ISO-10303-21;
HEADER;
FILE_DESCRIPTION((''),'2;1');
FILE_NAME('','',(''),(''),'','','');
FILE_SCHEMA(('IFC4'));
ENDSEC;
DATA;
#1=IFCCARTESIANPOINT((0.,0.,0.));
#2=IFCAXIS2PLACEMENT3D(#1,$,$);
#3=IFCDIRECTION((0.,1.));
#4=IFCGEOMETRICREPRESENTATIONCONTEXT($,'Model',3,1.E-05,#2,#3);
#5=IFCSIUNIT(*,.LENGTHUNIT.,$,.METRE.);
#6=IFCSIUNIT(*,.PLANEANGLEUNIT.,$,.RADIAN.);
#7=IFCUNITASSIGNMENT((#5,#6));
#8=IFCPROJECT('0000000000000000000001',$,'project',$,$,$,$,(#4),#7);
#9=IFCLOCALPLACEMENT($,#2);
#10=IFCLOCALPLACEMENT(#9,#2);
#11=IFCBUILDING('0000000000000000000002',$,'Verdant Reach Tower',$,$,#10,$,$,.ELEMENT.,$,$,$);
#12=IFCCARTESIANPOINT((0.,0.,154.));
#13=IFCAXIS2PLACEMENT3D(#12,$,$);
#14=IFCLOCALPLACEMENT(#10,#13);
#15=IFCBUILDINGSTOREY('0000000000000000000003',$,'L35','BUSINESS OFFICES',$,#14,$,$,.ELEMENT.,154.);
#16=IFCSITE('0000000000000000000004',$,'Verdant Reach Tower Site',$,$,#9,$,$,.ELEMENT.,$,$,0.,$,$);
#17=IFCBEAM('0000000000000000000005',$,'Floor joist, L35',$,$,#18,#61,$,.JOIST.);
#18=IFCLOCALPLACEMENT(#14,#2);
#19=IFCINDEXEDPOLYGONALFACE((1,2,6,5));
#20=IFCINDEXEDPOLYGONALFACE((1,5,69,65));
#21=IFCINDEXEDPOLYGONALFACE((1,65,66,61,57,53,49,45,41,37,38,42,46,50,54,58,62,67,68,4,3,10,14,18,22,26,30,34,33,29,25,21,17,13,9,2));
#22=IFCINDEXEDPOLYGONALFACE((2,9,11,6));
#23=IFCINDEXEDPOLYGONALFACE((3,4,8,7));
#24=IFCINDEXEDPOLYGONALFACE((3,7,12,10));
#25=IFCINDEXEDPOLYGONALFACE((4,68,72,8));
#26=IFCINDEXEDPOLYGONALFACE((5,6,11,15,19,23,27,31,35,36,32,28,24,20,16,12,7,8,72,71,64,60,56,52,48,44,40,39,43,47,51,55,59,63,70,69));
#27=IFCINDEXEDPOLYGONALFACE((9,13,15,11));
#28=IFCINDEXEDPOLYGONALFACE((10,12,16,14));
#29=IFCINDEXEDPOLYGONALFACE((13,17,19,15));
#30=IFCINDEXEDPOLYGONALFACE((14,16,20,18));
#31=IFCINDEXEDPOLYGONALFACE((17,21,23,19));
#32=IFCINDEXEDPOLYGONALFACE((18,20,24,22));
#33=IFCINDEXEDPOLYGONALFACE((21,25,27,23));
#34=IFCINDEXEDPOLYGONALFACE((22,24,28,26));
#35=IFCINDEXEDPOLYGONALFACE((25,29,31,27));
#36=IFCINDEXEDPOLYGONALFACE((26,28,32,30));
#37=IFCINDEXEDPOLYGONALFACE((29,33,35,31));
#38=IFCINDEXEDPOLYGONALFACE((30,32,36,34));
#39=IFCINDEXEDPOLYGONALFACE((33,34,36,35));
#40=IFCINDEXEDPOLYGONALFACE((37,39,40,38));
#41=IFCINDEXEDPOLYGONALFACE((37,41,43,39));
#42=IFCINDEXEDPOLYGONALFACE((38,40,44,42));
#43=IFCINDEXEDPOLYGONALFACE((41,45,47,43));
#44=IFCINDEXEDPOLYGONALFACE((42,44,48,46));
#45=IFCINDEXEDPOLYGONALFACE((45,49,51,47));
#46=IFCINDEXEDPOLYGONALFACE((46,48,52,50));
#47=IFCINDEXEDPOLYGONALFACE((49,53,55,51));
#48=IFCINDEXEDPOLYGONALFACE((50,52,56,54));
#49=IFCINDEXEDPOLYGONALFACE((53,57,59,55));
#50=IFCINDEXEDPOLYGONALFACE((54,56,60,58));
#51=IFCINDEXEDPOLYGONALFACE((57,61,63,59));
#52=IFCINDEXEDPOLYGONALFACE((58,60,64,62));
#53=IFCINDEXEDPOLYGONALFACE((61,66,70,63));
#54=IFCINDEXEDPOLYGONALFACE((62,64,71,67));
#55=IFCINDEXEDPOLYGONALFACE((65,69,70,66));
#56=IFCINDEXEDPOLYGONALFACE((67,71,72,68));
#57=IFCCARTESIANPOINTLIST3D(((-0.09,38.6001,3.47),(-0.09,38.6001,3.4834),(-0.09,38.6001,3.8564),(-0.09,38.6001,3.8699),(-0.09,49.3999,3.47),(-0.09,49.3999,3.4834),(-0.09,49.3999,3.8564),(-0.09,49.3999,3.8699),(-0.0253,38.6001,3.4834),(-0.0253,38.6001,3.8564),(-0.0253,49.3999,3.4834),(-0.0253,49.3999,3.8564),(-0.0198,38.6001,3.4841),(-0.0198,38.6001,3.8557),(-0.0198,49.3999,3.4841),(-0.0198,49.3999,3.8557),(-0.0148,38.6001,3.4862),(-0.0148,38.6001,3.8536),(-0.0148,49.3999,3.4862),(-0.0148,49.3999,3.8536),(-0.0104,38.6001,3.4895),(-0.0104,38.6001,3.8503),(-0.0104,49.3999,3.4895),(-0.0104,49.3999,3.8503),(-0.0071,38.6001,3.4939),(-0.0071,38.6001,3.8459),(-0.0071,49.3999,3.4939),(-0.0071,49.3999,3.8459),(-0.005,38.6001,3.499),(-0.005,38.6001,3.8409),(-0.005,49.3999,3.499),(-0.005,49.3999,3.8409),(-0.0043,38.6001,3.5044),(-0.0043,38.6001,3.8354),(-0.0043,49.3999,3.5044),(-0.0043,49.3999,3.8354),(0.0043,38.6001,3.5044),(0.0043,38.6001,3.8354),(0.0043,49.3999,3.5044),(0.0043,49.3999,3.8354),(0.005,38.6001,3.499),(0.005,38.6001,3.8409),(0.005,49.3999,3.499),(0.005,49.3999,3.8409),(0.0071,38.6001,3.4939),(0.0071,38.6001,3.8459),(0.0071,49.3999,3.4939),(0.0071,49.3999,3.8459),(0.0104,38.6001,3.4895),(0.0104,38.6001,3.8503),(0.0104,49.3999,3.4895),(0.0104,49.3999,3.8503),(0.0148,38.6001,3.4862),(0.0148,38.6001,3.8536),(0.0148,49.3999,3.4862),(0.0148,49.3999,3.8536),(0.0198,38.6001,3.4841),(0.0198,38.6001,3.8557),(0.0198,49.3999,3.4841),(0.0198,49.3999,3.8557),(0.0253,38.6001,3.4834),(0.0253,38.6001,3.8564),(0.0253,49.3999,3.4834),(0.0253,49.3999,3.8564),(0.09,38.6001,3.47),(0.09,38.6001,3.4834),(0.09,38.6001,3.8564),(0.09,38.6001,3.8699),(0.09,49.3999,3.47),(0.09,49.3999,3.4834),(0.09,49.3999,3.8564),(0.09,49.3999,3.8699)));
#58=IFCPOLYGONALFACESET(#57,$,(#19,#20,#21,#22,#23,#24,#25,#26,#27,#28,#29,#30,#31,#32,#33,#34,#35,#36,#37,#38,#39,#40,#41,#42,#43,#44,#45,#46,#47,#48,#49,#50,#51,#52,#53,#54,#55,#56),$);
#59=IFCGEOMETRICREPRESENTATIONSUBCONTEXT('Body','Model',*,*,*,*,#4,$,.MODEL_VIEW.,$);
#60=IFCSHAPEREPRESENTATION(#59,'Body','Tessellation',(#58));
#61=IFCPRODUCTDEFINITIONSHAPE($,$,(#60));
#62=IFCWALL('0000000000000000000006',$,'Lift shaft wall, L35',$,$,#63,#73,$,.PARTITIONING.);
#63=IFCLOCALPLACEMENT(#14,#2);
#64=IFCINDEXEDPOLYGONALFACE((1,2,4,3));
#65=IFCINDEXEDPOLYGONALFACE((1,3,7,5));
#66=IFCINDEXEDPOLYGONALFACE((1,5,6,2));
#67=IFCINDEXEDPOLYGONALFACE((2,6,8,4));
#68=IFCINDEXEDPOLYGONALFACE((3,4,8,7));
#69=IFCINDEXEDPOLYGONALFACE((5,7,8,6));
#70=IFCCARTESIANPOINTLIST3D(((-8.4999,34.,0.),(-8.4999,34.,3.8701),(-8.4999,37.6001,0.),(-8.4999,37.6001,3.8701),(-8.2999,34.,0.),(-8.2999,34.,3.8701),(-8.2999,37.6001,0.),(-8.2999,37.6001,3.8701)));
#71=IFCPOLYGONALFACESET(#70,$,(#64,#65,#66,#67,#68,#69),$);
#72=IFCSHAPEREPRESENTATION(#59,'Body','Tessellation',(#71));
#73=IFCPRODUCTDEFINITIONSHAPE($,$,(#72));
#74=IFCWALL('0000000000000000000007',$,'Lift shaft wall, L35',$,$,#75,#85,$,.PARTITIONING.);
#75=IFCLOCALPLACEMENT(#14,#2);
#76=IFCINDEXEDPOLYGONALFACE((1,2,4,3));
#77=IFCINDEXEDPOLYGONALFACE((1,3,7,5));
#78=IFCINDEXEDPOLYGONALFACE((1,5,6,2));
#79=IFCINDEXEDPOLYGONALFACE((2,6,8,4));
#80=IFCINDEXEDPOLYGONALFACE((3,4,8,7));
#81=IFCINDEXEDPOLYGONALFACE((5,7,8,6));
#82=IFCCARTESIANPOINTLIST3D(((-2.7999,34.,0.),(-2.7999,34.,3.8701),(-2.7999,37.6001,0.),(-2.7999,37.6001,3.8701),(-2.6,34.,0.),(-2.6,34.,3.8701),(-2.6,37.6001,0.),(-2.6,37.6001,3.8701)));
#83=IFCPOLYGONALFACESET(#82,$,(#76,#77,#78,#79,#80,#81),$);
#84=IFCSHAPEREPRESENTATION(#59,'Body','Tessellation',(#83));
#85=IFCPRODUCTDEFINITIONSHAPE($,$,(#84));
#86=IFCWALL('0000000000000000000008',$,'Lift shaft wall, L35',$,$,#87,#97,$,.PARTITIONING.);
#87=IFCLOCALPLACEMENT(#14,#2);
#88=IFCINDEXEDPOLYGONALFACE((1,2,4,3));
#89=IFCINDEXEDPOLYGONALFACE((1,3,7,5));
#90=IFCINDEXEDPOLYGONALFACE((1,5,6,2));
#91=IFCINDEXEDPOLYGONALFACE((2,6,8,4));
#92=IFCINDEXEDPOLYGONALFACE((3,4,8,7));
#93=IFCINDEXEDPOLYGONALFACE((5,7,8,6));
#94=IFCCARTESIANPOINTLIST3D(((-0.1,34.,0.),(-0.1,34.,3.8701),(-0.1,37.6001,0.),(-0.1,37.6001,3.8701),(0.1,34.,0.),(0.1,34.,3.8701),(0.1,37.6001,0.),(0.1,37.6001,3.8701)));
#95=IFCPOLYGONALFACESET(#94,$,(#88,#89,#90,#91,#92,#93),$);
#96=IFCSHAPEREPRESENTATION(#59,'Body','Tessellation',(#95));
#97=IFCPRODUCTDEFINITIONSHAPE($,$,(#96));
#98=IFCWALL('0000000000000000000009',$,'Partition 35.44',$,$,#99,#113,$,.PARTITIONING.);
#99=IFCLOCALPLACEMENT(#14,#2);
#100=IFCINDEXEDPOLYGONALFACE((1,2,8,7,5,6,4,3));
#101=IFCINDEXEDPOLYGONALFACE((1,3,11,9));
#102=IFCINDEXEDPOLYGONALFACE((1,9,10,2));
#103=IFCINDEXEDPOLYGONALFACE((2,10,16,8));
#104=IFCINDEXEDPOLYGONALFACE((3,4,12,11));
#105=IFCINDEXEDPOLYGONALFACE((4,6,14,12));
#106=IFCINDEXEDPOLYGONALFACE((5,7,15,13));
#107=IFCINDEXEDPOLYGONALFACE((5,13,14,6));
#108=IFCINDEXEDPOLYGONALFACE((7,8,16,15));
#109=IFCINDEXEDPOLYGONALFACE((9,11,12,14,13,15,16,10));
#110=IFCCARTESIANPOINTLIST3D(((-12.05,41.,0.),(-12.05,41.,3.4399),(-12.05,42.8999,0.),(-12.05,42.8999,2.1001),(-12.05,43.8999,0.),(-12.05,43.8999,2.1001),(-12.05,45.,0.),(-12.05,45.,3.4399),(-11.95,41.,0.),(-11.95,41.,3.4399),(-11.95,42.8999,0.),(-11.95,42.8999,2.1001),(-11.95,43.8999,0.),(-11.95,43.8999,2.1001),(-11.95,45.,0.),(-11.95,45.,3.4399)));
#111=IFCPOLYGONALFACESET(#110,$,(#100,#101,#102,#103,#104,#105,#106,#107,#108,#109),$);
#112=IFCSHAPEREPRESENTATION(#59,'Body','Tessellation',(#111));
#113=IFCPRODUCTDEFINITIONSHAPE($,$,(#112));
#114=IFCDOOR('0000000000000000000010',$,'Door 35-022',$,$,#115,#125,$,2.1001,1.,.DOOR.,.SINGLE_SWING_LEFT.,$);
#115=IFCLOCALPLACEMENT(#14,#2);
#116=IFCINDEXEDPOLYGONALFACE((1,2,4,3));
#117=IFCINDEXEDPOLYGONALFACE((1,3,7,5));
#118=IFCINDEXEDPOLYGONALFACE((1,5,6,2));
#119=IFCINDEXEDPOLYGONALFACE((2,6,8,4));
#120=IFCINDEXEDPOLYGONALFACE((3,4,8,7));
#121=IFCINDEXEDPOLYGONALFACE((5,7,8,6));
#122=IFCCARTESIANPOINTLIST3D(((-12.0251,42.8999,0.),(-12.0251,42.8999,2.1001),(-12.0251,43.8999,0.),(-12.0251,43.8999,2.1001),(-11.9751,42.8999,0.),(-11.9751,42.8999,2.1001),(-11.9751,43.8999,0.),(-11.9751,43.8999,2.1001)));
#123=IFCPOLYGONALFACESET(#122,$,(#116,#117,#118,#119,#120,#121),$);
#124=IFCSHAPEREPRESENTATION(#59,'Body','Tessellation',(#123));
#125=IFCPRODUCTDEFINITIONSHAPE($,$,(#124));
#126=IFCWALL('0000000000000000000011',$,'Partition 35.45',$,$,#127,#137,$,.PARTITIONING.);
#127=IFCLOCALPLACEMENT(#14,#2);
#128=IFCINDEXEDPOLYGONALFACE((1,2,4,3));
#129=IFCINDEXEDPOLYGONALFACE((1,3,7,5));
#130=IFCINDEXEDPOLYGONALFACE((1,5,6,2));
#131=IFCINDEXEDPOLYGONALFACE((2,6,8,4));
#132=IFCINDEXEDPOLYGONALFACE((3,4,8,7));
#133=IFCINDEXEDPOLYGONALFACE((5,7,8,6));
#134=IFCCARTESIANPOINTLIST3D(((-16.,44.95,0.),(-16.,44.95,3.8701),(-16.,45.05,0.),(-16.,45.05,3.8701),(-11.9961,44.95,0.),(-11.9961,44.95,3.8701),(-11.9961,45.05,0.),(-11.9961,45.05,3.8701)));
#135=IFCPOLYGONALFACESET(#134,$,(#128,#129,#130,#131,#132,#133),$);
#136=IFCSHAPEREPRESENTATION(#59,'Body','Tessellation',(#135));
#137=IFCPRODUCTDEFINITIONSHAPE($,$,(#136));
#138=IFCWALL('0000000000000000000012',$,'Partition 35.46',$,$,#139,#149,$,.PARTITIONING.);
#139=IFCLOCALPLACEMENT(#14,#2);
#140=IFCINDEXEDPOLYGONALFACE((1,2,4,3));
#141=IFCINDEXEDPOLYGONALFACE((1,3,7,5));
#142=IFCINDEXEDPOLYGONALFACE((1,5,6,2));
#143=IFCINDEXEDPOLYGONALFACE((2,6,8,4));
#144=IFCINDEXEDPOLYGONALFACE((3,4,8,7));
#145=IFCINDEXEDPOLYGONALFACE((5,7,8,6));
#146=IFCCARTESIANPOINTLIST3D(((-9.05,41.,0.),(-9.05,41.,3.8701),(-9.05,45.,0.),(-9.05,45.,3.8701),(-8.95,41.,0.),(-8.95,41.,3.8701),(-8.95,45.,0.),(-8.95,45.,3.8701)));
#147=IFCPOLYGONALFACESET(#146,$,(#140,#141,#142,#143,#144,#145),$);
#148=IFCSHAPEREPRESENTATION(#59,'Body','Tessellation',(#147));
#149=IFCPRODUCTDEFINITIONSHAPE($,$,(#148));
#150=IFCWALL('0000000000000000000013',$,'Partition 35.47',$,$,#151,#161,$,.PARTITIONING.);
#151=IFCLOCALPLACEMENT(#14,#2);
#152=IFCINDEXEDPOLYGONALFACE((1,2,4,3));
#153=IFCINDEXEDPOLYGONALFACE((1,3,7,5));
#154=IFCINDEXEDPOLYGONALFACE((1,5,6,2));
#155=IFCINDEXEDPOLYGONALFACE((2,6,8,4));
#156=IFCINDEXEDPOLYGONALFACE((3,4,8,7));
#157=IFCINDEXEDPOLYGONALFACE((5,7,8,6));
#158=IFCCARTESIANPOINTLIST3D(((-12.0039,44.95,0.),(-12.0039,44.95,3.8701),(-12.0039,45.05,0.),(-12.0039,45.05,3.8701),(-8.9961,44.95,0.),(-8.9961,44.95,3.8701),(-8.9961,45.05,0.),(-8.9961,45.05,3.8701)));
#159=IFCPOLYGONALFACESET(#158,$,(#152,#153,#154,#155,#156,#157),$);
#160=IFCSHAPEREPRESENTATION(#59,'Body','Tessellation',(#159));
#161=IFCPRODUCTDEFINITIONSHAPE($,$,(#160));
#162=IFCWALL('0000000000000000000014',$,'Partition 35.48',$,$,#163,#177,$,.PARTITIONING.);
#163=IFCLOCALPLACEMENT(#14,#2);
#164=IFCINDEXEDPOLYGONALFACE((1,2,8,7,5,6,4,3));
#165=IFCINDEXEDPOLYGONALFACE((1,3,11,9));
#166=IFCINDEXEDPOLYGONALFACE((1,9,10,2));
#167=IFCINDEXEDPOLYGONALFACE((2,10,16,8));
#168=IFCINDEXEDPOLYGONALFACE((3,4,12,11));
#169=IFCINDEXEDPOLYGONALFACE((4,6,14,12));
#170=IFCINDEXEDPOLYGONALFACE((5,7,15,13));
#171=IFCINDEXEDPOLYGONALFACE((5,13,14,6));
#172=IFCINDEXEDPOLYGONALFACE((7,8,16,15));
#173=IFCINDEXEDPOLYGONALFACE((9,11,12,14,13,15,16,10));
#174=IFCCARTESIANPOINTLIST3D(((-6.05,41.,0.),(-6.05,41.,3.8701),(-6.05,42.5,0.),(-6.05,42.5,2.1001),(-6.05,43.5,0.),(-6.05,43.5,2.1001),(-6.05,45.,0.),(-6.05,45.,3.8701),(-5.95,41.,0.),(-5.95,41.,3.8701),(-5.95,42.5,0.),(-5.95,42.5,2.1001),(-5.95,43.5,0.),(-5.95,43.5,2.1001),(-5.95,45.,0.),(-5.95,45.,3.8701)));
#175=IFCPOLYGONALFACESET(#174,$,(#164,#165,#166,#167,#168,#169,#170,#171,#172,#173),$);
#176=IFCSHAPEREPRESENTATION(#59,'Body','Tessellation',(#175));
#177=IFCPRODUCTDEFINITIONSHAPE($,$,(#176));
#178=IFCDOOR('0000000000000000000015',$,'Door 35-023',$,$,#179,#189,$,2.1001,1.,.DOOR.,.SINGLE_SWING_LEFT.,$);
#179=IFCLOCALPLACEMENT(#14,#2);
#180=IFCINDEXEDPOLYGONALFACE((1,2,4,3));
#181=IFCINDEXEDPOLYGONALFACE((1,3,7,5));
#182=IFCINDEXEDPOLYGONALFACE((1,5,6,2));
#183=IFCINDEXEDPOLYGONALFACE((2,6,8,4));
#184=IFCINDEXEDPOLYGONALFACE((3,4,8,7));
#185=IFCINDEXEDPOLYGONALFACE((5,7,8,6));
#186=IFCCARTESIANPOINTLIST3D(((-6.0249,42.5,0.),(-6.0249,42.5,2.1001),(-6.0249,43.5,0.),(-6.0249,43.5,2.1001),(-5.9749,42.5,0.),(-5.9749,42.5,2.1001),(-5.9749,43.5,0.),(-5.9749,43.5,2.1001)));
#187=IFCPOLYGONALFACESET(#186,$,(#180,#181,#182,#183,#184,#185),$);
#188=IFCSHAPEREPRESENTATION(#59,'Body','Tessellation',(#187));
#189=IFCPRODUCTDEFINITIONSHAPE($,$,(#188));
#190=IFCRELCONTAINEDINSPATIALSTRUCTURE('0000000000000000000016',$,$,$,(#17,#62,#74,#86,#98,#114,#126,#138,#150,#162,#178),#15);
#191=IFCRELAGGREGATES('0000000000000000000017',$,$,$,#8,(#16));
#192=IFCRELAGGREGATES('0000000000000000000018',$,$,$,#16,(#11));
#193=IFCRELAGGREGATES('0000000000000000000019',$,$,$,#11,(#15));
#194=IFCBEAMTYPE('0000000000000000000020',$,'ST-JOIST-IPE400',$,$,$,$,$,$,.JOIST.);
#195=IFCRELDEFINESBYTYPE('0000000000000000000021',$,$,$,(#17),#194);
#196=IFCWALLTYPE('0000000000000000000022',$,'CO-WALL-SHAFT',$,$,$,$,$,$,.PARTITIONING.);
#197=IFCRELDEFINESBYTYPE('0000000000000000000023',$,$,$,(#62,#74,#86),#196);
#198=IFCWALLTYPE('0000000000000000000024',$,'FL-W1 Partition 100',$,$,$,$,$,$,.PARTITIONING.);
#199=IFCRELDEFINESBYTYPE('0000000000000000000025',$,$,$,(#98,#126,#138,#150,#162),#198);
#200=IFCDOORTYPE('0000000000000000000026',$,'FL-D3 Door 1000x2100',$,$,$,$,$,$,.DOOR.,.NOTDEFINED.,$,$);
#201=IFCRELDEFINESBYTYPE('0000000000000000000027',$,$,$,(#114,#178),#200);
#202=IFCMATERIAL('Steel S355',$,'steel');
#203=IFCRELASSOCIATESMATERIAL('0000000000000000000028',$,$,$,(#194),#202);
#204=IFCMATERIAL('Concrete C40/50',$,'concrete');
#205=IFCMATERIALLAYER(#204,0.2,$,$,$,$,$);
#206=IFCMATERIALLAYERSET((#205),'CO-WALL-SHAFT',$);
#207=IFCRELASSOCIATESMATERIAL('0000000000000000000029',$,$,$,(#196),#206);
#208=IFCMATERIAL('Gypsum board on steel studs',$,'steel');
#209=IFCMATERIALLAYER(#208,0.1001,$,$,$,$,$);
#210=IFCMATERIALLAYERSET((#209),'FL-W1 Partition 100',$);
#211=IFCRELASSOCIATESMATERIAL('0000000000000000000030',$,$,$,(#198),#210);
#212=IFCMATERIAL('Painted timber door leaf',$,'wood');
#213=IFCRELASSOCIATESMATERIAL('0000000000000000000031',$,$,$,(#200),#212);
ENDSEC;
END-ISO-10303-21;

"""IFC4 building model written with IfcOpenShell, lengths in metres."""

from ifc_helpers import new_model, si_unit, direction, frame, frame_2d, origin, origin_2d, place, context, subcontext, project, spatial, rectangle, i_section, extrude, material, layer, layer_set, material_profile, profile_set, type_object, element, fill, save


model = new_model("IFC4")

# Units and contexts
model_context = context("Model", 3, precision=1e-05, world=origin(), true_north=direction((0.0, 1.0)))
body_context = subcontext(model_context, "Body", "Model", "MODEL_VIEW")
ifc_project = project(units=[si_unit("LENGTHUNIT", "METRE"), si_unit("PLANEANGLEUNIT", "RADIAN")], contexts=[model_context])

# Site, building, storey
site_placement = place(None, origin())
site = spatial("IfcSite", under=ifc_project, at=site_placement, Name="Verdant Reach Tower Site", CompositionType="ELEMENT", RefElevation=0.0)
building_placement = place(site_placement, origin())
building = spatial("IfcBuilding", under=site, at=building_placement, Name="Verdant Reach Tower", CompositionType="ELEMENT")
storey_placement = place(building_placement, frame((0.0, 0.0, 154.0)))
storey = spatial("IfcBuildingStorey", under=building, at=storey_placement, Name="L35", Description="BUSINESS OFFICES", CompositionType="ELEMENT", Elevation=154.0)

# Beam
ifc_material_1 = material(Name="Steel S355", Category="steel")
ifc_material_profile_1 = material_profile(ifc_material_1, i_section(OverallWidth=0.1799, OverallDepth=0.3999, WebThickness=0.0085, FlangeThickness=0.0134, FilletRadius=0.021, at=origin_2d()), Name="IPE 400")
ifc_profile_set_1 = profile_set([ifc_material_profile_1], Name="Steel S355")
beam_type_1 = type_object("IfcBeamType", Name="ST-JOIST-IPE400", PredefinedType="JOIST", material=ifc_profile_set_1)
for number, where, z_axis, x_axis, name in (
    (1, (0.0, 38.6001, 3.6699), (0.0, 1.0, 0.0), (-1.0, 0.0, 0.0), "Floor joist, L35"),
):
    element("IfcBeam", number, at=place(storey_placement, frame(where, z_axis=z_axis, x_axis=x_axis)), inside=storey, type_object=beam_type_1, Name=name, PredefinedType="JOIST", context=body_context, shape_type="SweptSolid", body=[
        extrude(i_section(OverallWidth=0.1799, OverallDepth=0.3999, WebThickness=0.0085, FlangeThickness=0.0134, FilletRadius=0.021, at=origin_2d()), origin(), (0.0, 0.0, 1.0), 10.7998),
    ])

# Walls
ifc_material_2 = material(Name="Concrete C40/50", Category="concrete")
ifc_layer_1 = layer(ifc_material_2, 0.2)
ifc_layer_set_1 = layer_set([ifc_layer_1], Name="CO-WALL-SHAFT")
wall_type_1 = type_object("IfcWallType", Name="CO-WALL-SHAFT", PredefinedType="PARTITIONING", material=ifc_layer_set_1)
for number, where, z_axis, x_axis, name in (
    (2, (-8.3999, 34.0, 0.0), (0.0, 0.0, 1.0), (0.0, 1.0, 0.0), "Lift shaft wall, L35"),
    (3, (-2.7, 34.0, 0.0), (0.0, 0.0, 1.0), (0.0, 1.0, 0.0), "Lift shaft wall, L35"),
    (4, (0.0, 34.0, 0.0), (0.0, 0.0, 1.0), (0.0, 1.0, 0.0), "Lift shaft wall, L35"),
):
    element("IfcWall", number, at=place(storey_placement, frame(where, z_axis=z_axis, x_axis=x_axis)), inside=storey, type_object=wall_type_1, Name=name, PredefinedType="PARTITIONING", context=body_context, shape_type="SweptSolid", body=[
        extrude(rectangle(XDim=3.6001, YDim=0.2, at=frame_2d((1.8, 0.0))), origin(), (0.0, 0.0, 1.0), 3.8701),
    ])

# Wall, opening, door
ifc_material_3 = material(Name="Gypsum board on steel studs", Category="steel")
ifc_layer_2 = layer(ifc_material_3, 0.1001)
ifc_layer_set_2 = layer_set([ifc_layer_2], Name="FL-W1 Partition 100")
wall_type_2 = type_object("IfcWallType", Name="FL-W1 Partition 100", PredefinedType="PARTITIONING", material=ifc_layer_set_2)
wall_1_placement = place(storey_placement, frame((-12.0, 45.0, 0.0), z_axis=(0.0, 0.0, 1.0), x_axis=(0.0, -1.0, 0.0)))
wall_1 = element("IfcWall", 5, at=wall_1_placement, inside=storey, type_object=wall_type_2, Name="Partition 35.44", PredefinedType="PARTITIONING", context=body_context, shape_type="SweptSolid", body=[
    extrude(rectangle(XDim=4.0, YDim=0.1001, at=frame_2d((2.0, 0.0))), origin(), (0.0, 0.0, 1.0), 3.4399),
])
opening_1_placement = place(wall_1_placement, frame((1.1001, 0.0, 0.0)))
opening_1 = element("IfcOpeningElement", 6, at=opening_1_placement, cuts=wall_1, PredefinedType="OPENING", context=body_context, shape_type="SweptSolid", body=[
    extrude(rectangle(XDim=1.0, YDim=2.1001, at=frame_2d((0.5, 1.05))), frame((0.0, 0.0601, 0.0), z_axis=(0.0, -1.0, 0.0), x_axis=(1.0, 0.0, 0.0)), (0.0, 0.0, 1.0), 0.1201),
])
ifc_material_4 = material(Name="Painted timber door leaf", Category="wood")
door_type_1 = type_object("IfcDoorType", Name="FL-D3 Door 1000x2100", OperationType="NOTDEFINED", PredefinedType="DOOR", material=ifc_material_4)
door_1_placement = place(opening_1_placement, origin())
door_1 = element("IfcDoor", 7, at=door_1_placement, inside=storey, type_object=door_type_1, Name="Door 35-022", OperationType="SINGLE_SWING_LEFT", OverallHeight=2.1001, OverallWidth=1.0, PredefinedType="DOOR", context=body_context, shape_type="SweptSolid", body=[
    extrude(rectangle(XDim=1.0, YDim=2.1001, at=frame_2d((0.5, 1.05))), frame((0.0, 0.0249, 0.0), z_axis=(0.0, -1.0, 0.0), x_axis=(1.0, 0.0, 0.0)), (0.0, 0.0, 1.0), 0.05),
])
fill(opening_1, door_1)

# Walls
wall_2_placement = place(storey_placement, frame((-11.9961, 45.0, 0.0), z_axis=(0.0, 0.0, 1.0), x_axis=(-1.0, 0.0, 0.0)))
element("IfcWall", 8, at=wall_2_placement, inside=storey, type_object=wall_type_2, Name="Partition 35.45", PredefinedType="PARTITIONING", context=body_context, shape_type="SweptSolid", body=[
    extrude(rectangle(XDim=4.0039, YDim=0.1001, at=frame_2d((2.002, 0.0))), origin(), (0.0, 0.0, 1.0), 3.8701),
])
wall_3_placement = place(storey_placement, frame((-9.0, 41.0, 0.0), z_axis=(0.0, 0.0, 1.0), x_axis=(0.0, 1.0, 0.0)))
element("IfcWall", 9, at=wall_3_placement, inside=storey, type_object=wall_type_2, Name="Partition 35.46", PredefinedType="PARTITIONING", context=body_context, shape_type="SweptSolid", body=[
    extrude(rectangle(XDim=4.0, YDim=0.1001, at=frame_2d((2.0, 0.0))), origin(), (0.0, 0.0, 1.0), 3.8701),
])
wall_4_placement = place(storey_placement, frame((-8.9961, 45.0, 0.0), z_axis=(0.0, 0.0, 1.0), x_axis=(-1.0, 0.0, 0.0)))
element("IfcWall", 10, at=wall_4_placement, inside=storey, type_object=wall_type_2, Name="Partition 35.47", PredefinedType="PARTITIONING", context=body_context, shape_type="SweptSolid", body=[
    extrude(rectangle(XDim=3.0078, YDim=0.1001, at=frame_2d((1.5039, 0.0))), origin(), (0.0, 0.0, 1.0), 3.8701),
])

# Wall, opening, door
wall_5_placement = place(storey_placement, frame((-6.0, 41.0, 0.0), z_axis=(0.0, 0.0, 1.0), x_axis=(0.0, 1.0, 0.0)))
wall_5 = element("IfcWall", 11, at=wall_5_placement, inside=storey, type_object=wall_type_2, Name="Partition 35.48", PredefinedType="PARTITIONING", context=body_context, shape_type="SweptSolid", body=[
    extrude(rectangle(XDim=4.0, YDim=0.1001, at=frame_2d((2.0, 0.0))), origin(), (0.0, 0.0, 1.0), 3.8701),
])
opening_2_placement = place(wall_5_placement, frame((1.5, 0.0, 0.0)))
opening_2 = element("IfcOpeningElement", 12, at=opening_2_placement, cuts=wall_5, PredefinedType="OPENING", context=body_context, shape_type="SweptSolid", body=[
    extrude(rectangle(XDim=1.0, YDim=2.1001, at=frame_2d((0.5, 1.05))), frame((0.0, 0.0601, 0.0), z_axis=(0.0, -1.0, 0.0), x_axis=(1.0, 0.0, 0.0)), (0.0, 0.0, 1.0), 0.1201),
])
door_2_placement = place(opening_2_placement, origin())
door_2 = element("IfcDoor", 13, at=door_2_placement, inside=storey, type_object=door_type_1, Name="Door 35-023", OperationType="SINGLE_SWING_LEFT", OverallHeight=2.1001, OverallWidth=1.0, PredefinedType="DOOR", context=body_context, shape_type="SweptSolid", body=[
    extrude(rectangle(XDim=1.0, YDim=2.1001, at=frame_2d((0.5, 1.05))), frame((0.0, 0.0249, 0.0), z_axis=(0.0, -1.0, 0.0), x_axis=(1.0, 0.0, 0.0)), (0.0, 0.0, 1.0), 0.05),
])
fill(opening_2, door_2)

save(model, "model.ifc")
